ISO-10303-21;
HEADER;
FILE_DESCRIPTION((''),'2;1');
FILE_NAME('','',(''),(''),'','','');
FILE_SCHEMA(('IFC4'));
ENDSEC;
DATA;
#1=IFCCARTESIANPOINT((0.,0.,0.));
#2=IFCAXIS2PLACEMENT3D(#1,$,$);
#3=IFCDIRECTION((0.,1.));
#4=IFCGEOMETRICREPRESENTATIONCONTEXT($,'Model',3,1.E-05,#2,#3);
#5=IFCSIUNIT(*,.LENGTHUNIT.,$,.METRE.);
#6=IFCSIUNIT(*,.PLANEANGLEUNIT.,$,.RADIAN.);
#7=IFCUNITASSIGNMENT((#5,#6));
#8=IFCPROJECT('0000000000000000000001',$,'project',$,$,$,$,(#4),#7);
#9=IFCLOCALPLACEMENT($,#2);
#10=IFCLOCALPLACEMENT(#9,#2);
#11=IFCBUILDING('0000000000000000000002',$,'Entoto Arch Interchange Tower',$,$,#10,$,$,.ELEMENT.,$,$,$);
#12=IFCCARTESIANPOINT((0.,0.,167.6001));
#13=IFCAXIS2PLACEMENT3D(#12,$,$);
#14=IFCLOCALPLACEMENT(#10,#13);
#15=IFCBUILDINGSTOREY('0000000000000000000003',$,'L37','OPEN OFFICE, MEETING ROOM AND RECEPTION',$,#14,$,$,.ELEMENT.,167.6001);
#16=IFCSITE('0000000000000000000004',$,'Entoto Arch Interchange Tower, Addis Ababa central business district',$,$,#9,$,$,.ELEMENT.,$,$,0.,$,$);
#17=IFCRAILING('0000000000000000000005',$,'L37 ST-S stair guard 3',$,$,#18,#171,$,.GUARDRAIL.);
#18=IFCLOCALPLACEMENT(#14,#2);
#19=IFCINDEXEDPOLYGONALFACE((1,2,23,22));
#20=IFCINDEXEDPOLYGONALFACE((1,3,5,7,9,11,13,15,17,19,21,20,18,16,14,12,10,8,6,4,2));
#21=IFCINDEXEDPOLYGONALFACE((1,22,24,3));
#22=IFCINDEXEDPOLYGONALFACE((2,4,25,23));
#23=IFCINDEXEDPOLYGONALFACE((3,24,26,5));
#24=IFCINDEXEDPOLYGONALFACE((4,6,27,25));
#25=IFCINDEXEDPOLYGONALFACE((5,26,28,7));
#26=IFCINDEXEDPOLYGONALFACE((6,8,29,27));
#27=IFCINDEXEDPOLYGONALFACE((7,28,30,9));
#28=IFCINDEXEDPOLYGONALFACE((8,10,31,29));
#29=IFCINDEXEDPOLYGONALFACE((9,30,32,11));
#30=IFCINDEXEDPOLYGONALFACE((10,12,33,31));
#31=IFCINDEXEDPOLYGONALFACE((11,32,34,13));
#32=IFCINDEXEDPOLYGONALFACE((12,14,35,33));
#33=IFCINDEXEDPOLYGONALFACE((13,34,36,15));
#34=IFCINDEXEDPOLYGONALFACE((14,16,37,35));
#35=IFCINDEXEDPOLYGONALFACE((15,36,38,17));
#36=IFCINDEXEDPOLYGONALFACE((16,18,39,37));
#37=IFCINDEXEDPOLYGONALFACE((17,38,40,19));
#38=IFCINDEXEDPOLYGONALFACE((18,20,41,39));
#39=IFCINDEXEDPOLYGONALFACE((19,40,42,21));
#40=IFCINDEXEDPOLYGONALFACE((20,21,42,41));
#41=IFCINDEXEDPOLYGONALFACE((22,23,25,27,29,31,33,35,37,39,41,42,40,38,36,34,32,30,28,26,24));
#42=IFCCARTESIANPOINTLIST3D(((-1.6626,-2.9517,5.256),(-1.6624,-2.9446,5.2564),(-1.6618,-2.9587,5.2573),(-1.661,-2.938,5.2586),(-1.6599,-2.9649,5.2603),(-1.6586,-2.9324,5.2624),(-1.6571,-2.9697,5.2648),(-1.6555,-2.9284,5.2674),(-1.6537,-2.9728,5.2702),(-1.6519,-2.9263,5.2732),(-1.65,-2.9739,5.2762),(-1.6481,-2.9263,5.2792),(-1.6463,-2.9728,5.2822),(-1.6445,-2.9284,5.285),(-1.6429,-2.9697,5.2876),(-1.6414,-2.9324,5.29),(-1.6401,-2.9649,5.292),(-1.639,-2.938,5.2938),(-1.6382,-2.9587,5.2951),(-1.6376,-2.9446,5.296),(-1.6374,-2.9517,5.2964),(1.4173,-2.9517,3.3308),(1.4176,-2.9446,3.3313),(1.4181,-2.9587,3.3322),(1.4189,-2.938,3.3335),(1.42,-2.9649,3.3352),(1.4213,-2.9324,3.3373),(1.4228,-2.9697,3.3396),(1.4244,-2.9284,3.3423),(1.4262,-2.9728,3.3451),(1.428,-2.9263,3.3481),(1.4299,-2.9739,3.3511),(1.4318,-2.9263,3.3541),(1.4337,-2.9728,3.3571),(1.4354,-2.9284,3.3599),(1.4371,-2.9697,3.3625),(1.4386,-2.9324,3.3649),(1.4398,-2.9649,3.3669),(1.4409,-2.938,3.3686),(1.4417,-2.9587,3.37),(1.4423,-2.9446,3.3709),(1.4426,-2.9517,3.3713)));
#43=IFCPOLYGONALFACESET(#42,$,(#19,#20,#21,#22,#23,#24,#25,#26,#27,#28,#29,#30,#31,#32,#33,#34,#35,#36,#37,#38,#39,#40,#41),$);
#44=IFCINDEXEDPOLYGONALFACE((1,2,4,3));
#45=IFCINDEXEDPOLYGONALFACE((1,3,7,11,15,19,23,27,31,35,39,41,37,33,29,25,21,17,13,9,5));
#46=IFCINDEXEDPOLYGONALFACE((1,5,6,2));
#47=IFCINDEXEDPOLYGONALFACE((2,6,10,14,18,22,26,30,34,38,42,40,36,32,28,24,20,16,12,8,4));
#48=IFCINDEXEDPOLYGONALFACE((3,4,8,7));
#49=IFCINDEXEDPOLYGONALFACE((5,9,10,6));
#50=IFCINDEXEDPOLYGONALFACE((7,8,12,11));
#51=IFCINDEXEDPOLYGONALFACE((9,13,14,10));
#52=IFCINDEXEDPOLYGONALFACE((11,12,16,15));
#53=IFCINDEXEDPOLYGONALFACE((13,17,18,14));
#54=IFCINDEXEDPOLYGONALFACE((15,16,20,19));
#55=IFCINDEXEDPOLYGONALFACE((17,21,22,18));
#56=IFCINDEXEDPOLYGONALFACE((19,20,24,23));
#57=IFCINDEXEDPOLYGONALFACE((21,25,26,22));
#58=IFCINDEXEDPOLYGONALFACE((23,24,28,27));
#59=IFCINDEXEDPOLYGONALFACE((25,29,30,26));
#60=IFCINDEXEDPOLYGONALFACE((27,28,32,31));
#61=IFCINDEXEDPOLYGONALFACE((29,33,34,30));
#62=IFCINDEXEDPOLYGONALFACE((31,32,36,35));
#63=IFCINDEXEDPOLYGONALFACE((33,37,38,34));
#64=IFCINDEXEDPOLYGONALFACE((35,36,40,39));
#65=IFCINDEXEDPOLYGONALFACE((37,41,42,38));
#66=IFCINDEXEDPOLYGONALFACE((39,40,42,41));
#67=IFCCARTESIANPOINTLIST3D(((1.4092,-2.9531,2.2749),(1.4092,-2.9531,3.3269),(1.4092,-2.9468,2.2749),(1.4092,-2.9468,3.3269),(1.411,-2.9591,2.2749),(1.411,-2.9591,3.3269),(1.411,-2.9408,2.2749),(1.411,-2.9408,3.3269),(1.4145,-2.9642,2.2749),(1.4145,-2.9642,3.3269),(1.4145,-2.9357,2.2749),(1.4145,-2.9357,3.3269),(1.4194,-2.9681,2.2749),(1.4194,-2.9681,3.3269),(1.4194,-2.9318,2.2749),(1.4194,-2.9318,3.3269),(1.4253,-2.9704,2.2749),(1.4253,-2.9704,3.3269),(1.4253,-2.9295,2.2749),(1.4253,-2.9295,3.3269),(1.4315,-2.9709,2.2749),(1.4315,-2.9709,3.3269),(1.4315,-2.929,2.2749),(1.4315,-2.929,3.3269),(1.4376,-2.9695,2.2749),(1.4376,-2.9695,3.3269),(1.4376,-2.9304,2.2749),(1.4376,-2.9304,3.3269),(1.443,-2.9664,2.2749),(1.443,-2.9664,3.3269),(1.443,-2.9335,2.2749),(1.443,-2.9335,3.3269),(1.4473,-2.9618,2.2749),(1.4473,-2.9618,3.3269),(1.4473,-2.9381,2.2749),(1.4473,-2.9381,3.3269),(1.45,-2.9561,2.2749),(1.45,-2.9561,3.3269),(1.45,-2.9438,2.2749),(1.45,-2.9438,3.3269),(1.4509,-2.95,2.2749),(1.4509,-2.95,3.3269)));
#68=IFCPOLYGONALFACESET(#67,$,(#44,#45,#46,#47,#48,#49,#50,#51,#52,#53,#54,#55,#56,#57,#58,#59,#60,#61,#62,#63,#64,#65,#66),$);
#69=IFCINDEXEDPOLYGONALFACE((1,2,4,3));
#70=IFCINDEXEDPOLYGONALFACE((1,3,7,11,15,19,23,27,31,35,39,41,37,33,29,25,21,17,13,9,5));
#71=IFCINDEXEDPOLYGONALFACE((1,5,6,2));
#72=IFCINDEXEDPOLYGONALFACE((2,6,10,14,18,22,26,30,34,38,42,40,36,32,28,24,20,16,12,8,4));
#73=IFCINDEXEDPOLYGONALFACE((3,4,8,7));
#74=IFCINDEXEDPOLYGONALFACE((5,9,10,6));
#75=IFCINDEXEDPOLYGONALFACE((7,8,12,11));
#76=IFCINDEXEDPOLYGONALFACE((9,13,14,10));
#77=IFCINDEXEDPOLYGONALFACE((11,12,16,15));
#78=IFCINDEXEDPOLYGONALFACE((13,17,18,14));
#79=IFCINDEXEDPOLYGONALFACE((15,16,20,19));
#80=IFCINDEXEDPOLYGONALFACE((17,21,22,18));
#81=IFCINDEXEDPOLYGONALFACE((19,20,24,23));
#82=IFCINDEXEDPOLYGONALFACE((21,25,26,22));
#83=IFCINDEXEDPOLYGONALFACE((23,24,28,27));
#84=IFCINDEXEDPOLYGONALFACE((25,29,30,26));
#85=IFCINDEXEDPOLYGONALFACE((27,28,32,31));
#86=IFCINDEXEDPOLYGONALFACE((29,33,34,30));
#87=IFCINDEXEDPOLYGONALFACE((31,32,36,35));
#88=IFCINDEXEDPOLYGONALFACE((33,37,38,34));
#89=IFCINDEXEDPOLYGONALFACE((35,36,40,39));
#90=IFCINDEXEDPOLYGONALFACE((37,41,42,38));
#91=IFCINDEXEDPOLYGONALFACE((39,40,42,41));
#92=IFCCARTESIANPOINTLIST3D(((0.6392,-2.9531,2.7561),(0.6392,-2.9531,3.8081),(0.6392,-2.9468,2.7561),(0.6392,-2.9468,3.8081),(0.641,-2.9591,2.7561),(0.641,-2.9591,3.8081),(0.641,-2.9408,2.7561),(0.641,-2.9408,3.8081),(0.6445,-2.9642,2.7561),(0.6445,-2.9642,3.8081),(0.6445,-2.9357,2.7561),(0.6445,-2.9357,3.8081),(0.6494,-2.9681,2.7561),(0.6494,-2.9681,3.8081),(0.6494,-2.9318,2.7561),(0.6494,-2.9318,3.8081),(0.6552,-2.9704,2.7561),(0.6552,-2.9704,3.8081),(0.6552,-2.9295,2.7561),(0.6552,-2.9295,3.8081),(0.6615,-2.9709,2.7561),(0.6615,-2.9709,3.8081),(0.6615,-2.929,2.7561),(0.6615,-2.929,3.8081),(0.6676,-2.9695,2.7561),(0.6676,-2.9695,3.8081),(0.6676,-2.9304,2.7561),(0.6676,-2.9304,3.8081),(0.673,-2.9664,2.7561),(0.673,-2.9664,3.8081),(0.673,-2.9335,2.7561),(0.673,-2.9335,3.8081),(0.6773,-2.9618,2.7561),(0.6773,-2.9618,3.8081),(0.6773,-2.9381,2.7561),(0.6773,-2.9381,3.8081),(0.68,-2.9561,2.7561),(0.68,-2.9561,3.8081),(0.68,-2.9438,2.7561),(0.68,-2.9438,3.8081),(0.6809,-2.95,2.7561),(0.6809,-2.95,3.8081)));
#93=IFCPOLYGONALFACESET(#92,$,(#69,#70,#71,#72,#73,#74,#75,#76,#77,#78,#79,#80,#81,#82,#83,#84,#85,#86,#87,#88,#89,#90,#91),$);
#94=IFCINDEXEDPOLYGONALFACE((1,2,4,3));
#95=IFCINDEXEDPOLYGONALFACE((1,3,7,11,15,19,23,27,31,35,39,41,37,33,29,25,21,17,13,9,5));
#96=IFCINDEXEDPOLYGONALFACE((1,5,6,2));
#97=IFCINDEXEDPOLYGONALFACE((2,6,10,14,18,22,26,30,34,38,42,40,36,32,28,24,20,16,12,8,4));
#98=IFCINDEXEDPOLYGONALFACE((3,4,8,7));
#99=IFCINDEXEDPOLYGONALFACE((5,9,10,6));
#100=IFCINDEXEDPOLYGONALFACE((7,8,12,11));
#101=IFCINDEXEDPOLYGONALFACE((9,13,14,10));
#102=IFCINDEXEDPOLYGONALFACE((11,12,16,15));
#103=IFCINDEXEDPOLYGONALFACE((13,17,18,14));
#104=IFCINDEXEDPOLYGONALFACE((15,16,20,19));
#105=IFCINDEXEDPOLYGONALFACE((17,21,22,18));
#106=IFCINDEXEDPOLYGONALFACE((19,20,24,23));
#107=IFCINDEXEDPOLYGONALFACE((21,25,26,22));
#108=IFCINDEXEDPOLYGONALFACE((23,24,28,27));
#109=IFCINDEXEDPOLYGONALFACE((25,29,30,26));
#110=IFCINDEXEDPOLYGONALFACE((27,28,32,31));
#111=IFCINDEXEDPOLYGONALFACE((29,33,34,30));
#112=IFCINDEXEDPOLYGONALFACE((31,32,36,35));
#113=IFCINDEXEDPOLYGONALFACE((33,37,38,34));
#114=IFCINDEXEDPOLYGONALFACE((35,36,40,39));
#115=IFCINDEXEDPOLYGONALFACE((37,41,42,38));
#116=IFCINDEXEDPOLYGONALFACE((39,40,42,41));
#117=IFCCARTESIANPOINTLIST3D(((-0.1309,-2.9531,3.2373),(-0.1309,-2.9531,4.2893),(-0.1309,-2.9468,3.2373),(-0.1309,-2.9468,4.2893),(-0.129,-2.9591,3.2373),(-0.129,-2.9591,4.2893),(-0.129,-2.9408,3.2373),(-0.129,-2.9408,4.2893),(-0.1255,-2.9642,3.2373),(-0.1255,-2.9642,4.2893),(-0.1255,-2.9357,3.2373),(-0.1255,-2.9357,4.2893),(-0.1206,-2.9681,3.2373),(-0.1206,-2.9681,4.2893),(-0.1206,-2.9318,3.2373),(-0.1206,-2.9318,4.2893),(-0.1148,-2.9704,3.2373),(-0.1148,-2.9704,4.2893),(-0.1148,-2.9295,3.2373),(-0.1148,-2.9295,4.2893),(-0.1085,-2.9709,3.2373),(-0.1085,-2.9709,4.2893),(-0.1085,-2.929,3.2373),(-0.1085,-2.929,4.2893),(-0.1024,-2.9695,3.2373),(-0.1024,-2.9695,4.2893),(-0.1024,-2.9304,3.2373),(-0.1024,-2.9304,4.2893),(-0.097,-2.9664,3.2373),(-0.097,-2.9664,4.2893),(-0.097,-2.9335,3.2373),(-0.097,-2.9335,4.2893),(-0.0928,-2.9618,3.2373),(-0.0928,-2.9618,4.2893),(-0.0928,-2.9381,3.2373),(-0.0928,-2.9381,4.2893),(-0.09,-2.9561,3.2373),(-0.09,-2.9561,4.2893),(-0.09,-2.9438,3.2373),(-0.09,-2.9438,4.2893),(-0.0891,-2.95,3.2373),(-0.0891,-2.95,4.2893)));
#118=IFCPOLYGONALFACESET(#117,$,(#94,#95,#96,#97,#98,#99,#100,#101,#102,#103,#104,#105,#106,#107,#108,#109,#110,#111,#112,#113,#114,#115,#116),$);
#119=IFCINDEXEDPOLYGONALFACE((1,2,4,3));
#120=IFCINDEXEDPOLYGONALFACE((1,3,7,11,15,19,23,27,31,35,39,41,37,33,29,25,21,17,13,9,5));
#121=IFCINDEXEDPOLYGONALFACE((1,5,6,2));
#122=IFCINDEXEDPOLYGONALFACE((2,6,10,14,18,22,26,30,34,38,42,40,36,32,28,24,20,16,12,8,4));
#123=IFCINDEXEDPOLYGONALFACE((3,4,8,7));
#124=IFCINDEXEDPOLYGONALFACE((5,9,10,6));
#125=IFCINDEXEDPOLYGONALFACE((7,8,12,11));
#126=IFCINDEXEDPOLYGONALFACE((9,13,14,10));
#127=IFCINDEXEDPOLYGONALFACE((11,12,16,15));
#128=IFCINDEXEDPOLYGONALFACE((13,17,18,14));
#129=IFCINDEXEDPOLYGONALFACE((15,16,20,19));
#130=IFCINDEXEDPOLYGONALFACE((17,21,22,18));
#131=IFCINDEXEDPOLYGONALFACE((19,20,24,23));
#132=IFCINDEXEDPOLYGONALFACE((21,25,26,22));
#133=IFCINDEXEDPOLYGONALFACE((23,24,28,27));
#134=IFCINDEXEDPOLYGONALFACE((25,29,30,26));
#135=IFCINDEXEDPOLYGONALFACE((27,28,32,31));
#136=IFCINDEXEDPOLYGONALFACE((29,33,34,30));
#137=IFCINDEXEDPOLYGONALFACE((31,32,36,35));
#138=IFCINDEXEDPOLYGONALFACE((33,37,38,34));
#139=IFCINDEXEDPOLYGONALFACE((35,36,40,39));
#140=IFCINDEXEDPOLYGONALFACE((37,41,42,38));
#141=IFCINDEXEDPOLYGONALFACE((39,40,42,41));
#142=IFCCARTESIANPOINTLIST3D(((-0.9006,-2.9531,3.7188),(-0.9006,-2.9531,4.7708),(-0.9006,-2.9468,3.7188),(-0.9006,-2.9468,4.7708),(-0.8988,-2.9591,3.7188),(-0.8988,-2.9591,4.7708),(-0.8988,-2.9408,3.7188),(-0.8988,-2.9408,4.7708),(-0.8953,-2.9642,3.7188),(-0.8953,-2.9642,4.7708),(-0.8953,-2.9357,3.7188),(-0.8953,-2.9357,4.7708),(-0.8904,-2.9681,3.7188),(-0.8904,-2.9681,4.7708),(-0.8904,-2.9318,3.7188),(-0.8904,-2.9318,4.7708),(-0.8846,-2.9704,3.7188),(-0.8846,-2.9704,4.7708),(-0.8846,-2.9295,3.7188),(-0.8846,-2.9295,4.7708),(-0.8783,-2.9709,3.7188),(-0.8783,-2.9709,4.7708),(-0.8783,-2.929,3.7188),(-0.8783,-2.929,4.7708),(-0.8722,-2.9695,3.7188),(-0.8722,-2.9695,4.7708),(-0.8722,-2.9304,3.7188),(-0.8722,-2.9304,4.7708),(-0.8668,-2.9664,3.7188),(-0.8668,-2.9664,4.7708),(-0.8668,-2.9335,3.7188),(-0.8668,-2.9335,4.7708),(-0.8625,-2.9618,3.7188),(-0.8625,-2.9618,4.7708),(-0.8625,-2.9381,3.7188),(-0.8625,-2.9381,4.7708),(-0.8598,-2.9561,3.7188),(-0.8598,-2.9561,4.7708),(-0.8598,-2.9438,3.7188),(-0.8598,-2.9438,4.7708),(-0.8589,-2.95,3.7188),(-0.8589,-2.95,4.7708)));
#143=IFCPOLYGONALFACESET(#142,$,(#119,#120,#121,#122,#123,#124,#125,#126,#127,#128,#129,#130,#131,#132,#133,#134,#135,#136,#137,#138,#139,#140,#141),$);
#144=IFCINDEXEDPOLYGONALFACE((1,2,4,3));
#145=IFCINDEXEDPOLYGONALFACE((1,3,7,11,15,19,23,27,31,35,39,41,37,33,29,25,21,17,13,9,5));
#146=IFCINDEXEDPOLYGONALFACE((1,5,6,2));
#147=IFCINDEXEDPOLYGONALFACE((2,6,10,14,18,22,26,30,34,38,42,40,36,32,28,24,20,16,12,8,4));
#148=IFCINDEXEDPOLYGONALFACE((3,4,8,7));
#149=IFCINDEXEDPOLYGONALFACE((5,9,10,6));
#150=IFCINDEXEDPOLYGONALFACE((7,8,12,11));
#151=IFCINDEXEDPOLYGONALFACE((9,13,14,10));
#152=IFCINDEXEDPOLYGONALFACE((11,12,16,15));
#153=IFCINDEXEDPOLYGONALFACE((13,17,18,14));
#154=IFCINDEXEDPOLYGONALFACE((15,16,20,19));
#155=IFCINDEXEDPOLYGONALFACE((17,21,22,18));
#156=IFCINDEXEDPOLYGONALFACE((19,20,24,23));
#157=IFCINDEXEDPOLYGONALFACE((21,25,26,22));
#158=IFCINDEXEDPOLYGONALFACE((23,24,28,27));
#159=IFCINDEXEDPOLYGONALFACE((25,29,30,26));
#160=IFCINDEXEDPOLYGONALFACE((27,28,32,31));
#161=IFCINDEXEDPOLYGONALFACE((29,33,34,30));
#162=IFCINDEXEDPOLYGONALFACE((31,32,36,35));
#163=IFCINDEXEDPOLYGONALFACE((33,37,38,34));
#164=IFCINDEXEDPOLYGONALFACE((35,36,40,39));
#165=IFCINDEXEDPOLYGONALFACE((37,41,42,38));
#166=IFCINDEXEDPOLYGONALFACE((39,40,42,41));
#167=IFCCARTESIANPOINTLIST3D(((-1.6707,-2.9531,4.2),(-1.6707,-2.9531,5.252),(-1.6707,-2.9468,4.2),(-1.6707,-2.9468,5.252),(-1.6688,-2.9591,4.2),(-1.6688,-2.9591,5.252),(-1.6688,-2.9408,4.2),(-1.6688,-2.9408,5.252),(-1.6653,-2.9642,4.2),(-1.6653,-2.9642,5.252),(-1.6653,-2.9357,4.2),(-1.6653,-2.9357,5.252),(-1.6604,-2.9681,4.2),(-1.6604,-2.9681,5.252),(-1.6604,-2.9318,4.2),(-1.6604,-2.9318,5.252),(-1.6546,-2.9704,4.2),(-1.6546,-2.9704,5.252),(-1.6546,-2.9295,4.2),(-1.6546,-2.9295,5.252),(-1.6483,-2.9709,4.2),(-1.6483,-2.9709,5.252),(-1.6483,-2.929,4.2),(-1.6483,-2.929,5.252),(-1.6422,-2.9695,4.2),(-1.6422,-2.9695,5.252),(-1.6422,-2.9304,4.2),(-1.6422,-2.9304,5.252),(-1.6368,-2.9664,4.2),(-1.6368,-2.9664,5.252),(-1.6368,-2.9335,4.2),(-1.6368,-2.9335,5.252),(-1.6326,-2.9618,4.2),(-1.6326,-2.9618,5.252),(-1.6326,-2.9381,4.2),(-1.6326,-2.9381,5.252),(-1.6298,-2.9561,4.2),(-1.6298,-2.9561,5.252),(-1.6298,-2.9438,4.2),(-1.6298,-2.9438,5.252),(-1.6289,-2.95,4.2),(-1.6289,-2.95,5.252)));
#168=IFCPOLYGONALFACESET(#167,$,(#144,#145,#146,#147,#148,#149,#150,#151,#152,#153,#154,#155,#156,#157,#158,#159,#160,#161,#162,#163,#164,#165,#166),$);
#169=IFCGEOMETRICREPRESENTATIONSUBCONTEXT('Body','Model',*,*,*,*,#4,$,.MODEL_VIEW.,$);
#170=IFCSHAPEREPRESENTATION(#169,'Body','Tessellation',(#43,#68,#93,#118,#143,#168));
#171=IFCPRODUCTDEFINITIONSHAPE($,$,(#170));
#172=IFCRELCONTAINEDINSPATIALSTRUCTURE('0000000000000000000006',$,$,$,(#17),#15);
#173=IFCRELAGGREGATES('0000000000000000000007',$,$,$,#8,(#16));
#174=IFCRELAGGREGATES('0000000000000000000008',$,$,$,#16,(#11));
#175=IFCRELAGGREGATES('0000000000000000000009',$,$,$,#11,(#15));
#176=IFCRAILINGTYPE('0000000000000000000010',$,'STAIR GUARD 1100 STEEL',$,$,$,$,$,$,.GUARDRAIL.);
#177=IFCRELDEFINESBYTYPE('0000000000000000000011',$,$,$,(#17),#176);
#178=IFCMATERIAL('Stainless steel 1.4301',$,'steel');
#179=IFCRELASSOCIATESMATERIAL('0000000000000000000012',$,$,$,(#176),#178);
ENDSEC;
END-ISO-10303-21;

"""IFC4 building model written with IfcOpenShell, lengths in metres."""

from ifc_helpers import new_model, si_unit, direction, frame, origin, origin_2d, place, context, subcontext, project, spatial, circle, extrude, material, type_object, element, save


model = new_model("IFC4")

# Units and contexts
model_context = context("Model", 3, precision=1e-05, world=origin(), true_north=direction((0.0, 1.0)))
body_context = subcontext(model_context, "Body", "Model", "MODEL_VIEW")
ifc_project = project(units=[si_unit("LENGTHUNIT", "METRE"), si_unit("PLANEANGLEUNIT", "RADIAN")], contexts=[model_context])

# Site, building, storey
site_placement = place(None, origin())
site = spatial("IfcSite", under=ifc_project, at=site_placement, Name="Entoto Arch Interchange Tower, Addis Ababa central business district", CompositionType="ELEMENT", RefElevation=0.0)
building_placement = place(site_placement, origin())
building = spatial("IfcBuilding", under=site, at=building_placement, Name="Entoto Arch Interchange Tower", CompositionType="ELEMENT")
storey_placement = place(building_placement, frame((0.0, 0.0, 167.6001)))
storey = spatial("IfcBuildingStorey", under=building, at=storey_placement, Name="L37", Description="OPEN OFFICE, MEETING ROOM AND RECEPTION", CompositionType="ELEMENT", Elevation=167.6001)

# Railing
ifc_material_1 = material(Name="Stainless steel 1.4301", Category="steel")
railing_type_1 = type_object("IfcRailingType", Name="STAIR GUARD 1100 STEEL", PredefinedType="GUARDRAIL", material=ifc_material_1)
railing_1_placement = place(storey_placement, frame((1.4299, -2.95, 2.2749)))
element("IfcRailing", 1, at=railing_1_placement, inside=storey, type_object=railing_type_1, Name="L37 ST-S stair guard 3", PredefinedType="GUARDRAIL", context=body_context, shape_type="SweptSolid", body=[
    extrude(circle(Radius=0.0239, at=origin_2d()), frame((0.0, 0.0, 1.0762), z_axis=(-0.847979, 0.0, 0.530029), x_axis=(0.0, -1.0, 0.0)), (0.0, 0.0, 1.0), 3.6321),
    extrude(circle(Radius=0.021, at=origin_2d()), origin(), (0.0, 0.0, 1.0), 1.052),
    extrude(circle(Radius=0.021, at=origin_2d()), frame((-0.77, 0.0, 0.4812)), (0.0, 0.0, 1.0), 1.052),
    extrude(circle(Radius=0.021, at=origin_2d()), frame((-1.54, 0.0, 0.9624)), (0.0, 0.0, 1.0), 1.052),
    extrude(circle(Radius=0.021, at=origin_2d()), frame((-2.3098, 0.0, 1.4438)), (0.0, 0.0, 1.0), 1.052),
    extrude(circle(Radius=0.021, at=origin_2d()), frame((-3.0798, 0.0, 1.925)), (0.0, 0.0, 1.0), 1.052),
])

save(model, "model.ifc")
